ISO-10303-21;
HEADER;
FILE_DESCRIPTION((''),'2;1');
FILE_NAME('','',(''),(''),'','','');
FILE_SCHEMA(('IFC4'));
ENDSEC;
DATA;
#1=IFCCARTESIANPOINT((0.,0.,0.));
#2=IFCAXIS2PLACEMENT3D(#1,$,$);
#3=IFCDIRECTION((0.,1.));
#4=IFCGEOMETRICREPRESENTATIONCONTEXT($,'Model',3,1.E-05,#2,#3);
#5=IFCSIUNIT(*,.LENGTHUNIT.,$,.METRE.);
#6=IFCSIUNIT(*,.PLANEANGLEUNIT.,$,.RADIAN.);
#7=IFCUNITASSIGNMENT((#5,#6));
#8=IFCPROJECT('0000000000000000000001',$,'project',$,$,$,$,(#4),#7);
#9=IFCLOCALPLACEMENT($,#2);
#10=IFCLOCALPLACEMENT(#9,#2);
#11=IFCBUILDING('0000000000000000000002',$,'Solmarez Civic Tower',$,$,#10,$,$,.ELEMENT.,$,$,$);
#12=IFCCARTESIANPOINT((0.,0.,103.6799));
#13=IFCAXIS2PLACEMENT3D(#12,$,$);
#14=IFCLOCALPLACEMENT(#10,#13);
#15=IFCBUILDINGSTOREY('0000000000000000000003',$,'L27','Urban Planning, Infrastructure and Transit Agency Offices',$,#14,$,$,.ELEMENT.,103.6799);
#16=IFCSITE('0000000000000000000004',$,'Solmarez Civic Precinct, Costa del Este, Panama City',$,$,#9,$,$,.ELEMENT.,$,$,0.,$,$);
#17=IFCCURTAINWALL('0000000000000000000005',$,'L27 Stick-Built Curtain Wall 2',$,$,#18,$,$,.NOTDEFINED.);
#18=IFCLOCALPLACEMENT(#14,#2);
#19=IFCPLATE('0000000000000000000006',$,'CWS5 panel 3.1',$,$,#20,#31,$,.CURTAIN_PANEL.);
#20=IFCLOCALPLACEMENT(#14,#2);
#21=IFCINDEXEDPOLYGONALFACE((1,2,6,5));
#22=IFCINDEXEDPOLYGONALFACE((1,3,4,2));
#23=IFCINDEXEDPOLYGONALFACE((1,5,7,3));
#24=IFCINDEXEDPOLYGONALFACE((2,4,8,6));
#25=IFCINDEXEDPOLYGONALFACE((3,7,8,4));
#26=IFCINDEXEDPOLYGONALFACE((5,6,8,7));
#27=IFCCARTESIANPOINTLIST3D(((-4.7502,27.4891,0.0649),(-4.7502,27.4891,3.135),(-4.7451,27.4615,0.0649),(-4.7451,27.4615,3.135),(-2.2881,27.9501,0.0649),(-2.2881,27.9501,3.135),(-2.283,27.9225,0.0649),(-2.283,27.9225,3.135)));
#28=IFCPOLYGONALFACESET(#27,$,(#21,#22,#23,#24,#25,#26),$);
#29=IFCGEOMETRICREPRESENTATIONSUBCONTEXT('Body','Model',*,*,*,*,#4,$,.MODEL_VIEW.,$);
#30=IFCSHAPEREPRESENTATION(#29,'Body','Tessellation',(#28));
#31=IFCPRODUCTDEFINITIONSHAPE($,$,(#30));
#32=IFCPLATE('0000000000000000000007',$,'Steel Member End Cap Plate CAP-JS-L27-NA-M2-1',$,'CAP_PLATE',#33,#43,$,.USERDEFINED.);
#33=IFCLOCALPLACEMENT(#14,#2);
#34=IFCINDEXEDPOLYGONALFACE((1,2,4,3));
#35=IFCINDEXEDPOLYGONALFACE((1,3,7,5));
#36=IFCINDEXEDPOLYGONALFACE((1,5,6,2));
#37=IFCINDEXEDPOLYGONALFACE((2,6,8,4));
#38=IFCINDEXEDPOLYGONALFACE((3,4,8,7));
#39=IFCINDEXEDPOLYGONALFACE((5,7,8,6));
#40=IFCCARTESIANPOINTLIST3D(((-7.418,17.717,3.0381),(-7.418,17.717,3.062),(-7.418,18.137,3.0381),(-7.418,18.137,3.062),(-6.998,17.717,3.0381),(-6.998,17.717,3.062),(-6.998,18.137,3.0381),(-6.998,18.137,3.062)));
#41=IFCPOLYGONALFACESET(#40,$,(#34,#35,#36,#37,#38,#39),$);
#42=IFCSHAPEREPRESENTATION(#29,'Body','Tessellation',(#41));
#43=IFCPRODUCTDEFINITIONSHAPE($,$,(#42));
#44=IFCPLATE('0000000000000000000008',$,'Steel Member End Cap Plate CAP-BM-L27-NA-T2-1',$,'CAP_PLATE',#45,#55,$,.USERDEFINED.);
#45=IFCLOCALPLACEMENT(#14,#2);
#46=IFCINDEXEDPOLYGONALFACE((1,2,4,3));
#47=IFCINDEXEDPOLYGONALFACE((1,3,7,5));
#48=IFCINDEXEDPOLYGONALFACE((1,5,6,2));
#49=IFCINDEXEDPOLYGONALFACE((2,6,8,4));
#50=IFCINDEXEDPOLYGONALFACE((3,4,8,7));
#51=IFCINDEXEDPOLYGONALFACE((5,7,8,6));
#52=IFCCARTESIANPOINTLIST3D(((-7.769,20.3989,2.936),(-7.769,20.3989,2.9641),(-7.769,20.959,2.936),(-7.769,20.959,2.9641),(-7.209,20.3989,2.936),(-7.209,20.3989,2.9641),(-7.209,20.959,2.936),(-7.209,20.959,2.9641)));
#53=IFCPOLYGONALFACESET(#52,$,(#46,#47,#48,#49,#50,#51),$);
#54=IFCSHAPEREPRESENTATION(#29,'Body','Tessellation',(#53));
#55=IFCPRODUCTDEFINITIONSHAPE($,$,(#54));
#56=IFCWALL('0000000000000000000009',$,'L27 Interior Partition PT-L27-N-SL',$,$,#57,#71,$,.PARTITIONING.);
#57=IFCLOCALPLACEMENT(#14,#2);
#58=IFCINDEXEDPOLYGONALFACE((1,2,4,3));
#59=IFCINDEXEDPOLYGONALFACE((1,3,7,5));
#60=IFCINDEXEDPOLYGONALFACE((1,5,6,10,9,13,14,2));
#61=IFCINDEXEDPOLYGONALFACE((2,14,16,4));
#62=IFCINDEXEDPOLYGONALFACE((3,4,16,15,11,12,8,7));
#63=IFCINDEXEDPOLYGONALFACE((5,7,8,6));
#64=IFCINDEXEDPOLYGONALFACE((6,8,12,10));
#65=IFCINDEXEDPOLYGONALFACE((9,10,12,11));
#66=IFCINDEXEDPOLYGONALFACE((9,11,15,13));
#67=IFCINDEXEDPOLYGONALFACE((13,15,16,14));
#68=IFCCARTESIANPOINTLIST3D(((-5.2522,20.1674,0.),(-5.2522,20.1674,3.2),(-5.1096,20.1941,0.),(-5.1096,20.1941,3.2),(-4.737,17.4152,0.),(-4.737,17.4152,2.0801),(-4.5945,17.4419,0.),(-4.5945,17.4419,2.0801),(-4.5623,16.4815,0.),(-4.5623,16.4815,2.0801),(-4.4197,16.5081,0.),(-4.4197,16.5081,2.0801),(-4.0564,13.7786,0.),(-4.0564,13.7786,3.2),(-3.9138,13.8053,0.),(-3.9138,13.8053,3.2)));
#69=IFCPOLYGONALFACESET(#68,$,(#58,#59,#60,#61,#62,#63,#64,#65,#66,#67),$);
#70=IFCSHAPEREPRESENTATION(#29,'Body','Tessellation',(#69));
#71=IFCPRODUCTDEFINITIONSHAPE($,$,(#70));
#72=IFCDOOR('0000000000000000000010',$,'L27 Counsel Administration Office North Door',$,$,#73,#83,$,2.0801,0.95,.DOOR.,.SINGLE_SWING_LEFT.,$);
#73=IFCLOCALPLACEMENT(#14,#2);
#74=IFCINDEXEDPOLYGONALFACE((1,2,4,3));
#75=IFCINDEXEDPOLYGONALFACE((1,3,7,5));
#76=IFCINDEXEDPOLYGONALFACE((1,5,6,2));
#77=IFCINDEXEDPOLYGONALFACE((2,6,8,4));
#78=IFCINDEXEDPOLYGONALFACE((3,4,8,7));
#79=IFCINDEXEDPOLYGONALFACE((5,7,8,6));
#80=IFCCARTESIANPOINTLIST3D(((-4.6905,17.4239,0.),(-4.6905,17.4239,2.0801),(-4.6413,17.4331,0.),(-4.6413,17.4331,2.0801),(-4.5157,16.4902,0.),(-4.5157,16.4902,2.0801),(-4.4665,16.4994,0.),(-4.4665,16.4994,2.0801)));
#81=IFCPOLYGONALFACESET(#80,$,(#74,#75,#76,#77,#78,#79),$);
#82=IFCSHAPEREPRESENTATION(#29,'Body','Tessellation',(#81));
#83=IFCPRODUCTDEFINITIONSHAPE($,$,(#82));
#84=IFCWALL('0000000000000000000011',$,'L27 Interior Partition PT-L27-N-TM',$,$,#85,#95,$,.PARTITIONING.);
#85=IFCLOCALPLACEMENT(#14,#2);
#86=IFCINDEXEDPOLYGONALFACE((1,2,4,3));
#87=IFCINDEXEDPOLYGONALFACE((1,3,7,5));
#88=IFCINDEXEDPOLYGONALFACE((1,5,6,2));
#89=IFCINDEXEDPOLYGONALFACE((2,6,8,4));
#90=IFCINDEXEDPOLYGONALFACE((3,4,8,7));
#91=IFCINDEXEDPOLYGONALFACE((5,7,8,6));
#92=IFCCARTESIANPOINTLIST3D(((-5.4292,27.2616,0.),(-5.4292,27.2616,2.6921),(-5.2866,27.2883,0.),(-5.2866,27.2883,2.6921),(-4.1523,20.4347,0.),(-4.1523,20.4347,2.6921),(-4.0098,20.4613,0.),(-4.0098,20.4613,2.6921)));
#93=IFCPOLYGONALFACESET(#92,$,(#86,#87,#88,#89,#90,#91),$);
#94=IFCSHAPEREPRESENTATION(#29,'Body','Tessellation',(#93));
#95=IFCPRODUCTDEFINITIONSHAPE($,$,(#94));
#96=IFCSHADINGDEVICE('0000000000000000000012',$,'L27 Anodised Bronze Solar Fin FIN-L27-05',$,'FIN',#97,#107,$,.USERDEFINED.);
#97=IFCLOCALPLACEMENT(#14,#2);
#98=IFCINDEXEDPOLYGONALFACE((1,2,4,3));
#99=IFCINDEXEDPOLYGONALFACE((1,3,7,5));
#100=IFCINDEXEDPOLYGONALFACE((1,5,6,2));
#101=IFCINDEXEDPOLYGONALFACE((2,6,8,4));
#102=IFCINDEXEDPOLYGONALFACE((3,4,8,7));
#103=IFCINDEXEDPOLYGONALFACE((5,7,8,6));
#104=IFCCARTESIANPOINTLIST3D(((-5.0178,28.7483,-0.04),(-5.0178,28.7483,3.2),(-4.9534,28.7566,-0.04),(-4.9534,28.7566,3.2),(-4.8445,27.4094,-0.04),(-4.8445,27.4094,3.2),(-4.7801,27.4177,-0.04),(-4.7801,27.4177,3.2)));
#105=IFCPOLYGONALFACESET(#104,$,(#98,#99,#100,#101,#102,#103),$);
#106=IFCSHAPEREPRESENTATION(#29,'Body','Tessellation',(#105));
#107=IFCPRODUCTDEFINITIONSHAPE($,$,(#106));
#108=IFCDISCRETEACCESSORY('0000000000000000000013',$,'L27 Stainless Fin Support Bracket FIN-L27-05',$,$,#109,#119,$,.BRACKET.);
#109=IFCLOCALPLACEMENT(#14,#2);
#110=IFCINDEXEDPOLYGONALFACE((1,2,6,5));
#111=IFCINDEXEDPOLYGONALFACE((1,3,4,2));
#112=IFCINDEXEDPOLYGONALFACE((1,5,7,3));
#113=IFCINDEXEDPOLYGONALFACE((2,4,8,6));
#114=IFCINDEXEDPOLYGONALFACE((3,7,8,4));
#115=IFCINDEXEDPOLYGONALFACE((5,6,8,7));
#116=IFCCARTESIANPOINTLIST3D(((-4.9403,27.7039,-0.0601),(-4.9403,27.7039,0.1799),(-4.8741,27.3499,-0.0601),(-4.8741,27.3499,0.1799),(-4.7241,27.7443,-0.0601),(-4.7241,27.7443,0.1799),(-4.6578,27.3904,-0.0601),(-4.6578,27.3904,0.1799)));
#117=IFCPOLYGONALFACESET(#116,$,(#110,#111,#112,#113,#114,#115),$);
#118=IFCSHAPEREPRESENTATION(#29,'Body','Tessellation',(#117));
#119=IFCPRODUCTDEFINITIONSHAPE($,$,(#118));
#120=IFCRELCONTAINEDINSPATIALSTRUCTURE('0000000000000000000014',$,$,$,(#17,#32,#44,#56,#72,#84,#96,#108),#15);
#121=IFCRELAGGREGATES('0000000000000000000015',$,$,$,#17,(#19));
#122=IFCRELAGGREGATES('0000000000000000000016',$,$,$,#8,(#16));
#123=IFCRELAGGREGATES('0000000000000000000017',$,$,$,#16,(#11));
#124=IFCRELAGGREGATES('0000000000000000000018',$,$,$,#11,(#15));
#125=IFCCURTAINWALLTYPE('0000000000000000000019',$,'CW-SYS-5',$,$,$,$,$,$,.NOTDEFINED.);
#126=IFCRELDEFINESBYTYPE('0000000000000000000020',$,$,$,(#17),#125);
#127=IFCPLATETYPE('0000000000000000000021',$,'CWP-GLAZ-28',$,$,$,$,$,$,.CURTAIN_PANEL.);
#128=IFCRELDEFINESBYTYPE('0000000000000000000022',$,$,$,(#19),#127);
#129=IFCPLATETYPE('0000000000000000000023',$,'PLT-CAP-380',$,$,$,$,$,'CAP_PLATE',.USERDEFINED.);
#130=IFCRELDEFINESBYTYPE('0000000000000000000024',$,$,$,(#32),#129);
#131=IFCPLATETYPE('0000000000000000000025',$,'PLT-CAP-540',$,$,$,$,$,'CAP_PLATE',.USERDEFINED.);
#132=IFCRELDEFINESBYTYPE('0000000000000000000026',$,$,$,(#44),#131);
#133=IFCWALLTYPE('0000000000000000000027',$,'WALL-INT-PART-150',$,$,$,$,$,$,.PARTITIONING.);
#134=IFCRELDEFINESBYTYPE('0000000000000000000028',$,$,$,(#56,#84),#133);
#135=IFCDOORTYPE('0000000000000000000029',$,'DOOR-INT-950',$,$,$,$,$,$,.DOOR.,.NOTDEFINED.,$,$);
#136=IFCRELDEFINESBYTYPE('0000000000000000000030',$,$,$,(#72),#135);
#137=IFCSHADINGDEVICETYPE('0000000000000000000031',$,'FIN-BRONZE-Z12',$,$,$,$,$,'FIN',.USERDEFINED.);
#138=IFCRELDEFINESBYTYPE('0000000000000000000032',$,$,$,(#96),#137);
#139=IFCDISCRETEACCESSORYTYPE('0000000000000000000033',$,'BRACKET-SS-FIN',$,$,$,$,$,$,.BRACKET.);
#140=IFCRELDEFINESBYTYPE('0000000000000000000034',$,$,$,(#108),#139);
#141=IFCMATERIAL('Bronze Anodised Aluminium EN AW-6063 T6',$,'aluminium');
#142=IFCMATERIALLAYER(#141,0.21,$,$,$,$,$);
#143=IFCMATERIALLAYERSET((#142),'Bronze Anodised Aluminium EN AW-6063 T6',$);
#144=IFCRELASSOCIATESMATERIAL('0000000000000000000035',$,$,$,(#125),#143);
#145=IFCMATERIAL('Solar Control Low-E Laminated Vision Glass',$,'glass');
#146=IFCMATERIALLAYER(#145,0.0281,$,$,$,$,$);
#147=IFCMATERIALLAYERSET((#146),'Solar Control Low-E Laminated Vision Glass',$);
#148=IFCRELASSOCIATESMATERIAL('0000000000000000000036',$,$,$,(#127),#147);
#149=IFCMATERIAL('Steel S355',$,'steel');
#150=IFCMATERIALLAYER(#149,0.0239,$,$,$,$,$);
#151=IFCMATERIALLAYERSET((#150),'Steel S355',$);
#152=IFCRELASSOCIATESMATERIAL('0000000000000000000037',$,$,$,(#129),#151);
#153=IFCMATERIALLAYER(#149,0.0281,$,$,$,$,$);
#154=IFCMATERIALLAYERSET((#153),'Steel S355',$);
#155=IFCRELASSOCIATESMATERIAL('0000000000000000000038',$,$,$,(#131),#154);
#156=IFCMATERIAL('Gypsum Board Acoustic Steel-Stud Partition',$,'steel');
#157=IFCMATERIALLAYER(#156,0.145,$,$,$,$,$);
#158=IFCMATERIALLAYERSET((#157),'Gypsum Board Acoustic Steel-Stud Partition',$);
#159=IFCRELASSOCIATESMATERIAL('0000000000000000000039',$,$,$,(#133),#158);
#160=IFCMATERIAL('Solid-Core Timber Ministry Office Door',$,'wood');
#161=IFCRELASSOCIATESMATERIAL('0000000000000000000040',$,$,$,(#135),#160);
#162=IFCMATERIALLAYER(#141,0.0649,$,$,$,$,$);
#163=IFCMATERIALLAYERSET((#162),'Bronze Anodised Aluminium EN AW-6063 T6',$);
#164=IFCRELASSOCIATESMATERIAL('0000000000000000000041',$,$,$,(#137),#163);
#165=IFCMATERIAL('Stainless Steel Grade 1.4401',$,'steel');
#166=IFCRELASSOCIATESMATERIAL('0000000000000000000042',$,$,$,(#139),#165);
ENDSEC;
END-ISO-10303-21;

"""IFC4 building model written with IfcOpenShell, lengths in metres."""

from ifc_helpers import new_model, si_unit, direction, frame, frame_2d, origin, origin_2d, place, context, subcontext, project, spatial, rectangle, extrude, material, layer, layer_set, type_object, element, fill, aggregate, save


model = new_model("IFC4")

# Units and contexts
model_context = context("Model", 3, precision=1e-05, world=origin(), true_north=direction((0.0, 1.0)))
body_context = subcontext(model_context, "Body", "Model", "MODEL_VIEW")
ifc_project = project(units=[si_unit("LENGTHUNIT", "METRE"), si_unit("PLANEANGLEUNIT", "RADIAN")], contexts=[model_context])

# Site, building, storey
site_placement = place(None, origin())
site = spatial("IfcSite", under=ifc_project, at=site_placement, Name="Solmarez Civic Precinct, Costa del Este, Panama City", CompositionType="ELEMENT", RefElevation=0.0)
building_placement = place(site_placement, origin())
building = spatial("IfcBuilding", under=site, at=building_placement, Name="Solmarez Civic Tower", CompositionType="ELEMENT")
storey_placement = place(building_placement, frame((0.0, 0.0, 103.6799)))
storey = spatial("IfcBuildingStorey", under=building, at=storey_placement, Name="L27", Description="Urban Planning, Infrastructure and Transit Agency Offices", CompositionType="ELEMENT", Elevation=103.6799)

# Shared definitions
ifc_material_1 = material(Name="Steel S355", Category="steel")

# Curtain wall, plate
ifc_material_2 = material(Name="Bronze Anodised Aluminium EN AW-6063 T6", Category="aluminium")
ifc_layer_1 = layer(ifc_material_2, 0.21)
ifc_layer_set_1 = layer_set([ifc_layer_1], Name="Bronze Anodised Aluminium EN AW-6063 T6")
curtain_wall_type = type_object("IfcCurtainWallType", Name="CW-SYS-5", PredefinedType="NOTDEFINED", material=ifc_layer_set_1)
curtain_wall_placement = place(storey_placement, origin())
curtain_wall = element("IfcCurtainWall", 1, at=curtain_wall_placement, inside=storey, type_object=curtain_wall_type, Name="L27 Stick-Built Curtain Wall 2", PredefinedType="NOTDEFINED")
ifc_material_3 = material(Name="Solar Control Low-E Laminated Vision Glass", Category="glass")
ifc_layer_2 = layer(ifc_material_3, 0.0281)
ifc_layer_set_2 = layer_set([ifc_layer_2], Name="Solar Control Low-E Laminated Vision Glass")
plate_type_1 = type_object("IfcPlateType", Name="CWP-GLAZ-28", PredefinedType="CURTAIN_PANEL", material=ifc_layer_set_2)
plate_1_placement = place(storey_placement, frame((-3.5166, 27.7058, 0.0649), z_axis=(0.0, 0.0, 1.0), x_axis=(0.982922, 0.184025, 0.0)))
plate_1 = element("IfcPlate", 2, at=plate_1_placement, type_object=plate_type_1, Name="CWS5 panel 3.1", PredefinedType="CURTAIN_PANEL", context=body_context, shape_type="SweptSolid", body=[
    extrude(rectangle(XDim=2.5049, YDim=0.0281, at=origin_2d()), origin(), (0.0, 0.0, 1.0), 3.0701),
])
aggregate(curtain_wall, [plate_1])

# Plates
ifc_layer_3 = layer(ifc_material_1, 0.0239)
ifc_layer_set_3 = layer_set([ifc_layer_3], Name="Steel S355")
plate_type_2 = type_object("IfcPlateType", Name="PLT-CAP-380", ElementType="CAP_PLATE", PredefinedType="USERDEFINED", material=ifc_layer_set_3)
plate_2_placement = place(storey_placement, frame((-7.208, 17.927, 3.0381), z_axis=(0.0, 0.0, 1.0), x_axis=(1.0, 0.0, 0.0)))
element("IfcPlate", 3, at=plate_2_placement, inside=storey, type_object=plate_type_2, Name="Steel Member End Cap Plate CAP-JS-L27-NA-M2-1", ObjectType="CAP_PLATE", PredefinedType="USERDEFINED", context=body_context, shape_type="SweptSolid", body=[
    extrude(rectangle(XDim=0.4199, YDim=0.4199, at=origin_2d()), origin(), (0.0, 0.0, 1.0), 0.0239),
])
ifc_layer_4 = layer(ifc_material_1, 0.0281)
ifc_layer_set_4 = layer_set([ifc_layer_4], Name="Steel S355")
plate_type_3 = type_object("IfcPlateType", Name="PLT-CAP-540", ElementType="CAP_PLATE", PredefinedType="USERDEFINED", material=ifc_layer_set_4)
plate_3_placement = place(storey_placement, frame((-7.489, 20.679, 2.936), z_axis=(0.0, 0.0, 1.0), x_axis=(1.0, 0.0, 0.0)))
element("IfcPlate", 4, at=plate_3_placement, inside=storey, type_object=plate_type_3, Name="Steel Member End Cap Plate CAP-BM-L27-NA-T2-1", ObjectType="CAP_PLATE", PredefinedType="USERDEFINED", context=body_context, shape_type="SweptSolid", body=[
    extrude(rectangle(XDim=0.5601, YDim=0.5601, at=origin_2d()), origin(), (0.0, 0.0, 1.0), 0.0281),
])

# Wall, opening, door
ifc_material_4 = material(Name="Gypsum Board Acoustic Steel-Stud Partition", Category="steel")
ifc_layer_5 = layer(ifc_material_4, 0.145)
ifc_layer_set_5 = layer_set([ifc_layer_5], Name="Gypsum Board Acoustic Steel-Stud Partition")
wall_type = type_object("IfcWallType", Name="WALL-INT-PART-150", PredefinedType="PARTITIONING", material=ifc_layer_set_5)
wall_1_placement = place(storey_placement, frame((-5.1809, 20.1809, 0.0), z_axis=(0.0, 0.0, 1.0), x_axis=(0.183973, -0.982931, 0.0)))
wall_1 = element("IfcWall", 5, at=wall_1_placement, inside=storey, type_object=wall_type, Name="L27 Interior Partition PT-L27-N-SL", PredefinedType="PARTITIONING", context=body_context, shape_type="SweptSolid", body=[
    extrude(rectangle(XDim=6.4998, YDim=0.145, at=frame_2d((3.25, 0.0))), origin(), (0.0, 0.0, 1.0), 3.2),
])
opening_placement = place(wall_1_placement, frame((2.8, 0.0, 0.0)))
opening = element("IfcOpeningElement", 6, at=opening_placement, cuts=wall_1, PredefinedType="OPENING", context=body_context, shape_type="SweptSolid", body=[
    extrude(rectangle(XDim=0.95, YDim=2.0801, at=frame_2d((0.4751, 1.04))), frame((0.0, 0.0825, 0.0), z_axis=(0.0, -1.0, 0.0), x_axis=(1.0, 0.0, 0.0)), (0.0, 0.0, 1.0), 0.165),
])
ifc_material_5 = material(Name="Solid-Core Timber Ministry Office Door", Category="wood")
door_type = type_object("IfcDoorType", Name="DOOR-INT-950", OperationType="NOTDEFINED", PredefinedType="DOOR", material=ifc_material_5)
door_placement = place(opening_placement, origin())
door = element("IfcDoor", 7, at=door_placement, inside=storey, type_object=door_type, Name="L27 Counsel Administration Office North Door", OperationType="SINGLE_SWING_LEFT", OverallHeight=2.0801, OverallWidth=0.95, PredefinedType="DOOR", context=body_context, shape_type="SweptSolid", body=[
    extrude(rectangle(XDim=0.95, YDim=2.0801, at=frame_2d((0.4751, 1.04))), frame((0.0, 0.0249, 0.0), z_axis=(0.0, -1.0, 0.0), x_axis=(1.0, 0.0, 0.0)), (0.0, 0.0, 1.0), 0.05),
])
fill(opening, door)

# Wall
wall_2_placement = place(storey_placement, frame((-4.0811, 20.448, 0.0), z_axis=(0.0, 0.0, 1.0), x_axis=(-0.183845, 0.982955, 0.0)))
element("IfcWall", 8, at=wall_2_placement, inside=storey, type_object=wall_type, Name="L27 Interior Partition PT-L27-N-TM", PredefinedType="PARTITIONING", context=body_context, shape_type="SweptSolid", body=[
    extrude(rectangle(XDim=6.9453, YDim=0.145, at=frame_2d((3.4727, 0.0))), origin(), (0.0, 0.0, 1.0), 2.6921),
])

# Shading device
ifc_layer_6 = layer(ifc_material_2, 0.0649)
ifc_layer_set_6 = layer_set([ifc_layer_6], Name="Bronze Anodised Aluminium EN AW-6063 T6")
shading_device_type = type_object("IfcShadingDeviceType", Name="FIN-BRONZE-Z12", ElementType="FIN", PredefinedType="USERDEFINED", material=ifc_layer_set_6)
shading_device_placement = place(storey_placement, frame((-4.8989, 28.083, -0.04), z_axis=(0.0, 0.0, 1.0), x_axis=(-0.128346, 0.99173, 0.0)))
element("IfcShadingDevice", 9, at=shading_device_placement, inside=storey, type_object=shading_device_type, Name="L27 Anodised Bronze Solar Fin FIN-L27-05", ObjectType="FIN", PredefinedType="USERDEFINED", context=body_context, shape_type="SweptSolid", body=[
    extrude(rectangle(XDim=1.3501, YDim=0.0649, at=origin_2d()), origin(), (0.0, 0.0, 1.0), 3.24),
])

# Discrete accessory
ifc_material_6 = material(Name="Stainless Steel Grade 1.4401", Category="steel")
discrete_accessory_type = type_object("IfcDiscreteAccessoryType", Name="BRACKET-SS-FIN", PredefinedType="BRACKET", material=ifc_material_6)
discrete_accessory_placement = place(storey_placement, frame((-4.7991, 27.5471, -0.0601), z_axis=(0.0, 0.0, 1.0), x_axis=(-0.183965, 0.982933, 0.0)))
element("IfcDiscreteAccessory", 10, at=discrete_accessory_placement, inside=storey, type_object=discrete_accessory_type, Name="L27 Stainless Fin Support Bracket FIN-L27-05", PredefinedType="BRACKET", context=body_context, shape_type="SweptSolid", body=[
    extrude(rectangle(XDim=0.3601, YDim=0.22, at=origin_2d()), origin(), (0.0, 0.0, 1.0), 0.24),
])

save(model, "model.ifc")
